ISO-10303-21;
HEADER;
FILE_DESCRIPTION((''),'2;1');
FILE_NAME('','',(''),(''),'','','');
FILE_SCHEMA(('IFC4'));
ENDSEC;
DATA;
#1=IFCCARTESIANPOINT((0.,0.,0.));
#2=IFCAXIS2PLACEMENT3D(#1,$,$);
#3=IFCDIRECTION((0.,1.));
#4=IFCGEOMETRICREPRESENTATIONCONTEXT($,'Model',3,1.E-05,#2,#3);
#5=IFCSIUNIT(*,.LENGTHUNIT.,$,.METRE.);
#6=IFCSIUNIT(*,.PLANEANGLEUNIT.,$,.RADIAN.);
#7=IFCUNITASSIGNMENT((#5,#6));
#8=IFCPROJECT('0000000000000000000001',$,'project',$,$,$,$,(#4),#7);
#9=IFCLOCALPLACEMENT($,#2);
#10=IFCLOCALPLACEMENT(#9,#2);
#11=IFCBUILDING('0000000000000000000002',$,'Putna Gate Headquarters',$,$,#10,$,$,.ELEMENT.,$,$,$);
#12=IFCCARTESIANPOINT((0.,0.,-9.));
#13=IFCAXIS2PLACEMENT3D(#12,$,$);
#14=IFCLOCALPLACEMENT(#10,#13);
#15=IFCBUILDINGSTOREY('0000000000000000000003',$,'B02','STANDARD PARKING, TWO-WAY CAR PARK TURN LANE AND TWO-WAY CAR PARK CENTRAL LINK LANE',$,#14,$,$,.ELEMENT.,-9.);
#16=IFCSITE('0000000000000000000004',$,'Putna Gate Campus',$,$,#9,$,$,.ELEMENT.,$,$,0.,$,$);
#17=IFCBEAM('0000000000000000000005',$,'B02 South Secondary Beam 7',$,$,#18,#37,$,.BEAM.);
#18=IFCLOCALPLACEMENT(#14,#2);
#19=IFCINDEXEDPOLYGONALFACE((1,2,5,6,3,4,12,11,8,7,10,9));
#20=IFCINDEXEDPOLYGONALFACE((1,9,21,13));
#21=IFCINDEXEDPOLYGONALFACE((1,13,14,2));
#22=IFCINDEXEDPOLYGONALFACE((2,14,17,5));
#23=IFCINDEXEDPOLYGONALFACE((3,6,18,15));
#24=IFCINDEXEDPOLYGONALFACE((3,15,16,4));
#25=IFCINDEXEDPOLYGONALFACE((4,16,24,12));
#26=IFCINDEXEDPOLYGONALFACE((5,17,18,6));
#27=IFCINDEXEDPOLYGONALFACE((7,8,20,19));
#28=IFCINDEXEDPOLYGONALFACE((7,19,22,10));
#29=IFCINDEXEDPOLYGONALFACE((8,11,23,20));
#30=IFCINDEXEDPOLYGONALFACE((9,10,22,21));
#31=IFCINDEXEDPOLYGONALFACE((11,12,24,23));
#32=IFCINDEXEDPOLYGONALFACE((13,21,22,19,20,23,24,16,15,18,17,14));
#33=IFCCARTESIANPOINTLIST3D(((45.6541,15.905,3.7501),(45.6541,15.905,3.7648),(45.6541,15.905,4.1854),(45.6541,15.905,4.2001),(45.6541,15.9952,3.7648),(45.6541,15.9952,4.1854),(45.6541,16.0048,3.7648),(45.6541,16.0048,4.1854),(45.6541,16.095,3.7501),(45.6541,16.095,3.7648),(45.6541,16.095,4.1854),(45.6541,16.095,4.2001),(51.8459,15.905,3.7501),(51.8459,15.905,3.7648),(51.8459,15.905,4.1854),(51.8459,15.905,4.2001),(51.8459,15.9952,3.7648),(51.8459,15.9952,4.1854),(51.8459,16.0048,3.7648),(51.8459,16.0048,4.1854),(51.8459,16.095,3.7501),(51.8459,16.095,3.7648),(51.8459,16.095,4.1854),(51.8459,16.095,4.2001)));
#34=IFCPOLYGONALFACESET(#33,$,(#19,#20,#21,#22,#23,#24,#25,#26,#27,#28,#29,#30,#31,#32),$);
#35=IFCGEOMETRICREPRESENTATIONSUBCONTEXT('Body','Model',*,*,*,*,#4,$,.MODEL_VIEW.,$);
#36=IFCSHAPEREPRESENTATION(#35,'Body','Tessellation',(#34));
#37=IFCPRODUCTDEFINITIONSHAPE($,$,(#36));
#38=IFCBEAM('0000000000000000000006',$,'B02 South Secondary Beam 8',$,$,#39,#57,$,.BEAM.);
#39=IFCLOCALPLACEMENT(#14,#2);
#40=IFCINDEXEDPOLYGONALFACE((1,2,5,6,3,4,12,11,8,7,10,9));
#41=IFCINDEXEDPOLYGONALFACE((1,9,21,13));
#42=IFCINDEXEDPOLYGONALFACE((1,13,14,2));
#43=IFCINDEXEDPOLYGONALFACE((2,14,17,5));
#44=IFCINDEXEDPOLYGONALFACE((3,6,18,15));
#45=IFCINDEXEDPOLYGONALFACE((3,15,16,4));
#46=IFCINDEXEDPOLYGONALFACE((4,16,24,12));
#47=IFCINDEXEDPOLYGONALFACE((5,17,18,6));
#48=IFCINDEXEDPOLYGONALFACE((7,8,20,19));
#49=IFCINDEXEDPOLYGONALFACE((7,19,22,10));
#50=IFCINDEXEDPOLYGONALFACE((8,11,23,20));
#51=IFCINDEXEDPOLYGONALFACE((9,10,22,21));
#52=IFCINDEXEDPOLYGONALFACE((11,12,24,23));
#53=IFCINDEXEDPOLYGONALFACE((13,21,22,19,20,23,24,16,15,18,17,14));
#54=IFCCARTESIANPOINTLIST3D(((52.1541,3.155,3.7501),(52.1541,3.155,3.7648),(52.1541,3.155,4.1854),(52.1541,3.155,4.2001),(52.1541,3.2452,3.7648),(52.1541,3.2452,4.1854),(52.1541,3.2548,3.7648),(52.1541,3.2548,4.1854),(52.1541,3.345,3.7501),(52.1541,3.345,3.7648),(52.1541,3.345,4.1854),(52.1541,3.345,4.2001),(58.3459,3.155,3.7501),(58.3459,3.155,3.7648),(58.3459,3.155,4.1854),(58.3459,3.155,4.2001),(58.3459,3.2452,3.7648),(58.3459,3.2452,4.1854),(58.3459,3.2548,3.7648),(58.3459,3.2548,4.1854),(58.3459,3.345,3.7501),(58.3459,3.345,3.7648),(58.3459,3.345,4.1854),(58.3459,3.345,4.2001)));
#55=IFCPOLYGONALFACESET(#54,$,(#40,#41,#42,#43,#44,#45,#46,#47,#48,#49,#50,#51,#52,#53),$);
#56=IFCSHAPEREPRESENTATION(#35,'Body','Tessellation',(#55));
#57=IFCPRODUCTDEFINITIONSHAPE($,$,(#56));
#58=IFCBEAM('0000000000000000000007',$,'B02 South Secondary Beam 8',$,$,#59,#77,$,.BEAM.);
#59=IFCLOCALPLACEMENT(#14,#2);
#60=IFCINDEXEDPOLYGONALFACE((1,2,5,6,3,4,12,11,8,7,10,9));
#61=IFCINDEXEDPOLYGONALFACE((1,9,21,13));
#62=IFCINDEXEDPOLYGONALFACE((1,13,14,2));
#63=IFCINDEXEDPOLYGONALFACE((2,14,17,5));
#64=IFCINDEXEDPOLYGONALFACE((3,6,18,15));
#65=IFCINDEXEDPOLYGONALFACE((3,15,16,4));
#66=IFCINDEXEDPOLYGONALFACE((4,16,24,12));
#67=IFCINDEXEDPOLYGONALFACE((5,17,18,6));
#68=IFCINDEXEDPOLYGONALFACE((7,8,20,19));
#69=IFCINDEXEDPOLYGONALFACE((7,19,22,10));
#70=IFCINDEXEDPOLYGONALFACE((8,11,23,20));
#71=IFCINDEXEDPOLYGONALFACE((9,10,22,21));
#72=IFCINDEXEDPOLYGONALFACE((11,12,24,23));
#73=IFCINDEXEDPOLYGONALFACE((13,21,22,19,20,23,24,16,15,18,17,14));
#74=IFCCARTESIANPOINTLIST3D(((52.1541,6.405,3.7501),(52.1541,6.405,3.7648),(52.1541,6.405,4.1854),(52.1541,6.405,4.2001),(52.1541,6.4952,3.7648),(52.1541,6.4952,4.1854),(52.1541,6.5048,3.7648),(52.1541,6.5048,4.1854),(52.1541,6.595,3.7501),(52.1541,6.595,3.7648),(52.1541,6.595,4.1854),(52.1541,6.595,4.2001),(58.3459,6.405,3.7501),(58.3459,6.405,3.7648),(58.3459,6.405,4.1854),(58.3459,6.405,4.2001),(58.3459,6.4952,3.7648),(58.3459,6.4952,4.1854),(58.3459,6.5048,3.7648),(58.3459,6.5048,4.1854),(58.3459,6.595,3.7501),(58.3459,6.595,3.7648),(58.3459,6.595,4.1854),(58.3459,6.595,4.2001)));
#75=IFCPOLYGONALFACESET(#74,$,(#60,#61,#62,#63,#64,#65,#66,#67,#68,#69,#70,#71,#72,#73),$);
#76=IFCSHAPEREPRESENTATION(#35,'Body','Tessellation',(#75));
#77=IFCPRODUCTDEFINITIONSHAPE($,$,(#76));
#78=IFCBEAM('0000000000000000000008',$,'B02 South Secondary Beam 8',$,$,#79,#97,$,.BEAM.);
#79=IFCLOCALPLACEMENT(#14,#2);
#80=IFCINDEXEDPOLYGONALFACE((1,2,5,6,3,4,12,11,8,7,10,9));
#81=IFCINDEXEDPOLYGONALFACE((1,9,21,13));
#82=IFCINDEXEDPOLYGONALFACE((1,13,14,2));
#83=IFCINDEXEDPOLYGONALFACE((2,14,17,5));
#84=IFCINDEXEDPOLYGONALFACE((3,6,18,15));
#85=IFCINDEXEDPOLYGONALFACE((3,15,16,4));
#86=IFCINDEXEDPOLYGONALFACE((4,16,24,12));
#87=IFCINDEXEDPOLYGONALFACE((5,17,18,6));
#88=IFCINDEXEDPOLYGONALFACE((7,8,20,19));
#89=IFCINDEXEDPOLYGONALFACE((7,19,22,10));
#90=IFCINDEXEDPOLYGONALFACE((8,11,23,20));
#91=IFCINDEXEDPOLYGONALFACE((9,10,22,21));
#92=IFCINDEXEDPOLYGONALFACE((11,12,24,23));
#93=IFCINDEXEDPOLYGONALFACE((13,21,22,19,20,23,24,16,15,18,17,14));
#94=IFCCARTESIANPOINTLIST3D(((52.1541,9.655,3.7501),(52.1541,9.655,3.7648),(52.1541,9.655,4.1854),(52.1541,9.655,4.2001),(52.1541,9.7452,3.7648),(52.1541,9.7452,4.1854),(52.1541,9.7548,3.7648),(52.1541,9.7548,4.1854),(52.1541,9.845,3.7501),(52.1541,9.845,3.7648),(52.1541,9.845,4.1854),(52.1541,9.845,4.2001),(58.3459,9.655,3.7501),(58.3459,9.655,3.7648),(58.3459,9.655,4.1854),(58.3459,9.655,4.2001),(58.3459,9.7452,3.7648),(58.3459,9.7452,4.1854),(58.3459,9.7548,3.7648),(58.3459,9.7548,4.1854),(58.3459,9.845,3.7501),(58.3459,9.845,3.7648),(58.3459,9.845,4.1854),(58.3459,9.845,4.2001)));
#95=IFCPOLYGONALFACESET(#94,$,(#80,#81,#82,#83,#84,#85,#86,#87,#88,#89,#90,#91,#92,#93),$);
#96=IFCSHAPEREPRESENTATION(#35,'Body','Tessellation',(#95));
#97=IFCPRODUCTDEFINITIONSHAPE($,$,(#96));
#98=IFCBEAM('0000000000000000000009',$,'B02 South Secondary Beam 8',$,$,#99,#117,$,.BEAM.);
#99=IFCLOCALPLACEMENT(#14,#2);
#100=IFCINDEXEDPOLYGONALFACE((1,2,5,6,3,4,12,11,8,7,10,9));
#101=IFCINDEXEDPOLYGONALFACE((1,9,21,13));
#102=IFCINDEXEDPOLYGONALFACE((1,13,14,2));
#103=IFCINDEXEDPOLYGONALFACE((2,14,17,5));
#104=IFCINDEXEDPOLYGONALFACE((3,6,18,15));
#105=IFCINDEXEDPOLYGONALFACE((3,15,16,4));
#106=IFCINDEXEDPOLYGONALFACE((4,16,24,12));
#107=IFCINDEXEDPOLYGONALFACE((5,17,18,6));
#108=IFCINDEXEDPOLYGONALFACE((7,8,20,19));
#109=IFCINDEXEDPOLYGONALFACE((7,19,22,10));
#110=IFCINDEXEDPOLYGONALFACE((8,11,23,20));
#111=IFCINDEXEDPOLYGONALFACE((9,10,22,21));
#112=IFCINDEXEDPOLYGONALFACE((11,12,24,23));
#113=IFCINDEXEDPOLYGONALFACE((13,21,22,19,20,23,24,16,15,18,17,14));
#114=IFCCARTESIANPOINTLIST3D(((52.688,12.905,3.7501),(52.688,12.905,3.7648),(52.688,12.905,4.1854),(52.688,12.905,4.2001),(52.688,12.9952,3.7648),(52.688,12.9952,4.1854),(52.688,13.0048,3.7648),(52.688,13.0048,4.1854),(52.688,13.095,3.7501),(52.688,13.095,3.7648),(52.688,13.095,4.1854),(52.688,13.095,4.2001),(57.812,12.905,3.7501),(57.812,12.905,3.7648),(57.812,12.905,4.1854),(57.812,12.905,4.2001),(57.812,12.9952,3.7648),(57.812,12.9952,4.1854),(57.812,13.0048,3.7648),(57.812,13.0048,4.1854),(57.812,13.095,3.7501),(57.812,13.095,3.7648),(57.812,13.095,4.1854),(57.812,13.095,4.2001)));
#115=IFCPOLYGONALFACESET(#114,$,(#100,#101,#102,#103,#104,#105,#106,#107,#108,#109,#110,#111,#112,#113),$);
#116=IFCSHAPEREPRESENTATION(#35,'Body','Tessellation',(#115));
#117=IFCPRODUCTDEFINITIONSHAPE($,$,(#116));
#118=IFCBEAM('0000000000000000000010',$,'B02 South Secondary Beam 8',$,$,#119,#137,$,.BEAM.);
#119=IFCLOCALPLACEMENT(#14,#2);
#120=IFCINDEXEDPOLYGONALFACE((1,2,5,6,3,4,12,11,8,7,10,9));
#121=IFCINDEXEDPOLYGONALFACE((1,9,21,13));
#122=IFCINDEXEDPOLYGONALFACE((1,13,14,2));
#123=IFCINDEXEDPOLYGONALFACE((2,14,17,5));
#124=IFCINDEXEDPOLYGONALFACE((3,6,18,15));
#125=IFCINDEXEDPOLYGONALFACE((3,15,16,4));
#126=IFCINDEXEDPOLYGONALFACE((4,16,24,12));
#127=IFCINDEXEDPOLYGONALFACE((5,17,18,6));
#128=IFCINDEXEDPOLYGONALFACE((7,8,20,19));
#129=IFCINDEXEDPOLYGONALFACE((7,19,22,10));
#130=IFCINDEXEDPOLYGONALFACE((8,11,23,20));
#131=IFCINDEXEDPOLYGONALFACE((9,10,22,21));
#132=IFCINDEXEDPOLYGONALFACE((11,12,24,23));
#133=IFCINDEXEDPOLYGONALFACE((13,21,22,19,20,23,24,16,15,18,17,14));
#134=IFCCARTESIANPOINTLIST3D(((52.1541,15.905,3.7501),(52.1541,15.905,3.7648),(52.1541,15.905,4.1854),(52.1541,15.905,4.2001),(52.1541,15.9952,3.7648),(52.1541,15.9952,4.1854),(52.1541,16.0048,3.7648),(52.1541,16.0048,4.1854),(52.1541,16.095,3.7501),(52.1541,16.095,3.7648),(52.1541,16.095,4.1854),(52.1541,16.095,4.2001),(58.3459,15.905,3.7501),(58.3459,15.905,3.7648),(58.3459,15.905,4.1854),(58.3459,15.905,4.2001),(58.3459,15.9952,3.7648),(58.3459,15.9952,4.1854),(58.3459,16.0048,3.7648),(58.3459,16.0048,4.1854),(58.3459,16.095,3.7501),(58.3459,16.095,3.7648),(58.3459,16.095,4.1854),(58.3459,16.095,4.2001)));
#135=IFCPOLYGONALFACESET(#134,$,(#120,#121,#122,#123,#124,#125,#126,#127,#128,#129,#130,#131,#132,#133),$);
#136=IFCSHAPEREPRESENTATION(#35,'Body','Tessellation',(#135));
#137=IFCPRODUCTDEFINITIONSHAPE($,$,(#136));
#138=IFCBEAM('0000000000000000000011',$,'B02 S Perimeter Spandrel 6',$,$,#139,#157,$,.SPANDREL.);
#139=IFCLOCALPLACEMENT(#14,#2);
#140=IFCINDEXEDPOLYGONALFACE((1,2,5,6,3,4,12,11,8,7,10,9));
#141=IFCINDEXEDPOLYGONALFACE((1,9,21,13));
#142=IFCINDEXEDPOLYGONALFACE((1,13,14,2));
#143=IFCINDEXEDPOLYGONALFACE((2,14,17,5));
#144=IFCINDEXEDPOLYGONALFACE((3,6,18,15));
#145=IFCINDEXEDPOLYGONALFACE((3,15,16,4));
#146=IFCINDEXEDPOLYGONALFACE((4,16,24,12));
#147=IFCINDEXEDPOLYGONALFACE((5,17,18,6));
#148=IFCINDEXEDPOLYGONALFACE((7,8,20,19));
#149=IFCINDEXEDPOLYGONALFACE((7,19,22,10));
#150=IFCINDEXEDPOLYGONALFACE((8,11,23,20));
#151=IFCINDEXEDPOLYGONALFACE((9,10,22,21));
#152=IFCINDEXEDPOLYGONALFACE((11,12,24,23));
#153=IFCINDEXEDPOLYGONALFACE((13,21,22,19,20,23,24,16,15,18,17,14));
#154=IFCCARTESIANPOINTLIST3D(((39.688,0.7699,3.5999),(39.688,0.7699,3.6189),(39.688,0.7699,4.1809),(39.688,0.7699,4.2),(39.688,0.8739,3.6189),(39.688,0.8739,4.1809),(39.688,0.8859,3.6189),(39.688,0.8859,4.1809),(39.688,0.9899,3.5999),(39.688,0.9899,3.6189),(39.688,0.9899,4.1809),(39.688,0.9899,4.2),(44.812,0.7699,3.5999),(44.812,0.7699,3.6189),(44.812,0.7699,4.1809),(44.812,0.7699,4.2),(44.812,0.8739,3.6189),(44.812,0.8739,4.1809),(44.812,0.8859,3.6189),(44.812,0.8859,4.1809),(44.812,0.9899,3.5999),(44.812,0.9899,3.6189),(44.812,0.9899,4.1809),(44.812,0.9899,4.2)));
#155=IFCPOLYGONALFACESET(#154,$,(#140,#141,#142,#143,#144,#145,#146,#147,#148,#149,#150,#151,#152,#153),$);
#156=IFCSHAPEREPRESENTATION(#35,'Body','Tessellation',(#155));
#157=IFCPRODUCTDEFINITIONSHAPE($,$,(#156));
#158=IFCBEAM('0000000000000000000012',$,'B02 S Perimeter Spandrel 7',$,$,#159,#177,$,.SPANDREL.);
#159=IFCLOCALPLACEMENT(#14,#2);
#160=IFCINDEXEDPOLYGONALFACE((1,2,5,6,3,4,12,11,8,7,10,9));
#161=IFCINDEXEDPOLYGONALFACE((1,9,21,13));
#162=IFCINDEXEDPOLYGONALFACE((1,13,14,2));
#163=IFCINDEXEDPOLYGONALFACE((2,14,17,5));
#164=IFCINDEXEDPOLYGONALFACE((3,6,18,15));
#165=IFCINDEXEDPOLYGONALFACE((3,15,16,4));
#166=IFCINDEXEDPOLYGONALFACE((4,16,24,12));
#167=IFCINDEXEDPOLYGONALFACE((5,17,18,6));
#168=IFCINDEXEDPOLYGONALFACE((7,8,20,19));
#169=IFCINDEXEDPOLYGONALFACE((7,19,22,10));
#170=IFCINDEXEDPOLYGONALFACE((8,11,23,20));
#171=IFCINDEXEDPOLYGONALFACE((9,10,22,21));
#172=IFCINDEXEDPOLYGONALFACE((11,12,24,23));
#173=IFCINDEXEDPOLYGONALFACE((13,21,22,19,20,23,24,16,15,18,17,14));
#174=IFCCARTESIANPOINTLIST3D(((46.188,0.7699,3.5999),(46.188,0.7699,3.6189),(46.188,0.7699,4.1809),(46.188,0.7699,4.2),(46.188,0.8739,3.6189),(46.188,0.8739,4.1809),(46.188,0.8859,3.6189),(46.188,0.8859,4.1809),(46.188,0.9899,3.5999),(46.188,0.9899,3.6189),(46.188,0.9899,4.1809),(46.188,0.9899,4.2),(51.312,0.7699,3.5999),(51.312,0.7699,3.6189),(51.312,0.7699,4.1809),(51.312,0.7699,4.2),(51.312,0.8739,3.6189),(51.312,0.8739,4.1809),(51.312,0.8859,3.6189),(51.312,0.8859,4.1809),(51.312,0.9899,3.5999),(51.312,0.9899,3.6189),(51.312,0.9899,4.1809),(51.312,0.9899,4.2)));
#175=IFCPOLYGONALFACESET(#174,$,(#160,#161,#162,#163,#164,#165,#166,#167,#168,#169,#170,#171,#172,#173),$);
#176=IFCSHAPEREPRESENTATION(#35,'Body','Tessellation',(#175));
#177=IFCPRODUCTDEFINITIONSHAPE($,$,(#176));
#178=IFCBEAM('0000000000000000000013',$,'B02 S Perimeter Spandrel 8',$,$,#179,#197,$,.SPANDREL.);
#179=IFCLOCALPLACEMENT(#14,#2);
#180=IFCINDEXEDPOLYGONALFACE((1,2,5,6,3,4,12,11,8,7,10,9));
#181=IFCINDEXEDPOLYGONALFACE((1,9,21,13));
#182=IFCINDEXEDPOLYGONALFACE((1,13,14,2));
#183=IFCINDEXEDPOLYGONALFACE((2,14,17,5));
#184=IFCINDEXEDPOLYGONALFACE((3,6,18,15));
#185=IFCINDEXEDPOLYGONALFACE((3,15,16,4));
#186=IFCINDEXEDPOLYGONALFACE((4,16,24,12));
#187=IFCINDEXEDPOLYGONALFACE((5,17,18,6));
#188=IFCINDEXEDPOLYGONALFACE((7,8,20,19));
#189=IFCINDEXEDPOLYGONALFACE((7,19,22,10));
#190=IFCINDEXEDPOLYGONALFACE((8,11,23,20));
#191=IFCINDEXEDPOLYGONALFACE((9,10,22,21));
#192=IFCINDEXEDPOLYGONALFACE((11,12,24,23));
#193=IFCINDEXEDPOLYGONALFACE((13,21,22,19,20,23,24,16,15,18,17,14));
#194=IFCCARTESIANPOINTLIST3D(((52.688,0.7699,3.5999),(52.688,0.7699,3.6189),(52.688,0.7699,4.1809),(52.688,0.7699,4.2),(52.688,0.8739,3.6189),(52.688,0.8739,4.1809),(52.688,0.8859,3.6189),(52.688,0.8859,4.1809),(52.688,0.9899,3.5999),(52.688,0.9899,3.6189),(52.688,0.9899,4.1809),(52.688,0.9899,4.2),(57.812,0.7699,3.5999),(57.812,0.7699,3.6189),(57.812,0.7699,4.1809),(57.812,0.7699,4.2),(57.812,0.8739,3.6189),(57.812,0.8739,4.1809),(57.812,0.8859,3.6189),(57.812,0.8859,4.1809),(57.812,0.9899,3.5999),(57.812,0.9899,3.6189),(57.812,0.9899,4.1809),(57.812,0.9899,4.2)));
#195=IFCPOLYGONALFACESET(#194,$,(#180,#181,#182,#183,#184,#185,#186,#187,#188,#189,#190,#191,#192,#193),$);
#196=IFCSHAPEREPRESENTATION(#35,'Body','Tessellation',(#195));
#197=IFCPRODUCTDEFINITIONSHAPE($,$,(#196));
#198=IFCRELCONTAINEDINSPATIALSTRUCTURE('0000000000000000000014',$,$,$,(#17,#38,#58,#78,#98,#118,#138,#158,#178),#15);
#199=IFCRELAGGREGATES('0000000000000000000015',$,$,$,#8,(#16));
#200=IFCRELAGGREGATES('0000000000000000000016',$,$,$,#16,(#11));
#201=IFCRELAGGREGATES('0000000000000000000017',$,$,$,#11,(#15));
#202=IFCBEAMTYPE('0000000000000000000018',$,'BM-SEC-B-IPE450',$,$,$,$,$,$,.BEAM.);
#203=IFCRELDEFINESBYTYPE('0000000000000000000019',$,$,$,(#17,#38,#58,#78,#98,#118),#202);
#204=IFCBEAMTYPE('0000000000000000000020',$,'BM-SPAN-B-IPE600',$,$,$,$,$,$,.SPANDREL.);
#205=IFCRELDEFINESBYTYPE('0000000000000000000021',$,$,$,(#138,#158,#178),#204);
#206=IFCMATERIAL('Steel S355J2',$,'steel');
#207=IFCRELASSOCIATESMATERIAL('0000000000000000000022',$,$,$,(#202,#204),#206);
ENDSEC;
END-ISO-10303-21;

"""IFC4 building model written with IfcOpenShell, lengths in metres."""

from ifc_helpers import new_model, si_unit, direction, frame, origin, origin_2d, place, context, subcontext, project, spatial, i_section, extrude, material, material_profile, profile_set, type_object, element, save


model = new_model("IFC4")

# Units and contexts
model_context = context("Model", 3, precision=1e-05, world=origin(), true_north=direction((0.0, 1.0)))
body_context = subcontext(model_context, "Body", "Model", "MODEL_VIEW")
ifc_project = project(units=[si_unit("LENGTHUNIT", "METRE"), si_unit("PLANEANGLEUNIT", "RADIAN")], contexts=[model_context])

# Site, building, storey
site_placement = place(None, origin())
site = spatial("IfcSite", under=ifc_project, at=site_placement, Name="Putna Gate Campus", CompositionType="ELEMENT", RefElevation=0.0)
building_placement = place(site_placement, origin())
building = spatial("IfcBuilding", under=site, at=building_placement, Name="Putna Gate Headquarters", CompositionType="ELEMENT")
storey_placement = place(building_placement, frame((0.0, 0.0, -9.0)))
storey = spatial("IfcBuildingStorey", under=building, at=storey_placement, Name="B02", Description="STANDARD PARKING, TWO-WAY CAR PARK TURN LANE AND TWO-WAY CAR PARK CENTRAL LINK LANE", CompositionType="ELEMENT", Elevation=-9.0)

# Beams
ifc_material_1 = material(Name="Steel S355J2", Category="steel")
ifc_material_profile_1 = material_profile(ifc_material_1, i_section(OverallWidth=0.1899, OverallDepth=0.45, WebThickness=0.0095, FlangeThickness=0.0146, at=origin_2d()), Name="Steel S355J2")
ifc_profile_set_1 = profile_set([ifc_material_profile_1], Name="Steel S355J2")
beam_type_1 = type_object("IfcBeamType", Name="BM-SEC-B-IPE450", PredefinedType="BEAM", material=ifc_profile_set_1)
for number, where, z_axis, x_axis, name in (
    (1, (45.6541, 16.0, 3.9751), (1.0, 0.0, 0.0), (0.0, 1.0, 0.0), "B02 South Secondary Beam 7"),
    (2, (52.1541, 3.25, 3.9751), (1.0, 0.0, 0.0), (0.0, 1.0, 0.0), "B02 South Secondary Beam 8"),
    (3, (52.1541, 6.5, 3.9751), (1.0, 0.0, 0.0), (0.0, 1.0, 0.0), "B02 South Secondary Beam 8"),
    (4, (52.1541, 9.75, 3.9751), (1.0, 0.0, 0.0), (0.0, 1.0, 0.0), "B02 South Secondary Beam 8"),
):
    element("IfcBeam", number, at=place(storey_placement, frame(where, z_axis=z_axis, x_axis=x_axis)), inside=storey, type_object=beam_type_1, Name=name, PredefinedType="BEAM", context=body_context, shape_type="SweptSolid", body=[
        extrude(i_section(OverallWidth=0.1899, OverallDepth=0.45, WebThickness=0.0095, FlangeThickness=0.0146, at=origin_2d()), origin(), (0.0, 0.0, 1.0), 6.1919),
    ])
beam_1_placement = place(storey_placement, frame((52.688, 13.0, 3.9751), z_axis=(1.0, 0.0, 0.0), x_axis=(0.0, 1.0, 0.0)))
element("IfcBeam", 5, at=beam_1_placement, inside=storey, type_object=beam_type_1, Name="B02 South Secondary Beam 8", PredefinedType="BEAM", context=body_context, shape_type="SweptSolid", body=[
    extrude(i_section(OverallWidth=0.1899, OverallDepth=0.45, WebThickness=0.0095, FlangeThickness=0.0146, at=origin_2d()), origin(), (0.0, 0.0, 1.0), 5.124),
])
beam_2_placement = place(storey_placement, frame((52.1541, 16.0, 3.9751), z_axis=(1.0, 0.0, 0.0), x_axis=(0.0, 1.0, 0.0)))
element("IfcBeam", 6, at=beam_2_placement, inside=storey, type_object=beam_type_1, Name="B02 South Secondary Beam 8", PredefinedType="BEAM", context=body_context, shape_type="SweptSolid", body=[
    extrude(i_section(OverallWidth=0.1899, OverallDepth=0.45, WebThickness=0.0095, FlangeThickness=0.0146, at=origin_2d()), origin(), (0.0, 0.0, 1.0), 6.1919),
])
ifc_material_profile_2 = material_profile(ifc_material_1, i_section(OverallWidth=0.22, OverallDepth=0.6001, WebThickness=0.012, FlangeThickness=0.019, at=origin_2d()), Name="Steel S355J2")
ifc_profile_set_2 = profile_set([ifc_material_profile_2], Name="Steel S355J2")
beam_type_2 = type_object("IfcBeamType", Name="BM-SPAN-B-IPE600", PredefinedType="SPANDREL", material=ifc_profile_set_2)
for number, where, z_axis, x_axis, name in (
    (7, (39.688, 0.8799, 3.8999), (1.0, 0.0, 0.0), (0.0, 1.0, 0.0), "B02 S Perimeter Spandrel 6"),
    (8, (46.188, 0.8799, 3.8999), (1.0, 0.0, 0.0), (0.0, 1.0, 0.0), "B02 S Perimeter Spandrel 7"),
    (9, (52.688, 0.8799, 3.8999), (1.0, 0.0, 0.0), (0.0, 1.0, 0.0), "B02 S Perimeter Spandrel 8"),
):
    element("IfcBeam", number, at=place(storey_placement, frame(where, z_axis=z_axis, x_axis=x_axis)), inside=storey, type_object=beam_type_2, Name=name, PredefinedType="SPANDREL", context=body_context, shape_type="SweptSolid", body=[
        extrude(i_section(OverallWidth=0.22, OverallDepth=0.6001, WebThickness=0.012, FlangeThickness=0.019, at=origin_2d()), origin(), (0.0, 0.0, 1.0), 5.124),
    ])

save(model, "model.ifc")
